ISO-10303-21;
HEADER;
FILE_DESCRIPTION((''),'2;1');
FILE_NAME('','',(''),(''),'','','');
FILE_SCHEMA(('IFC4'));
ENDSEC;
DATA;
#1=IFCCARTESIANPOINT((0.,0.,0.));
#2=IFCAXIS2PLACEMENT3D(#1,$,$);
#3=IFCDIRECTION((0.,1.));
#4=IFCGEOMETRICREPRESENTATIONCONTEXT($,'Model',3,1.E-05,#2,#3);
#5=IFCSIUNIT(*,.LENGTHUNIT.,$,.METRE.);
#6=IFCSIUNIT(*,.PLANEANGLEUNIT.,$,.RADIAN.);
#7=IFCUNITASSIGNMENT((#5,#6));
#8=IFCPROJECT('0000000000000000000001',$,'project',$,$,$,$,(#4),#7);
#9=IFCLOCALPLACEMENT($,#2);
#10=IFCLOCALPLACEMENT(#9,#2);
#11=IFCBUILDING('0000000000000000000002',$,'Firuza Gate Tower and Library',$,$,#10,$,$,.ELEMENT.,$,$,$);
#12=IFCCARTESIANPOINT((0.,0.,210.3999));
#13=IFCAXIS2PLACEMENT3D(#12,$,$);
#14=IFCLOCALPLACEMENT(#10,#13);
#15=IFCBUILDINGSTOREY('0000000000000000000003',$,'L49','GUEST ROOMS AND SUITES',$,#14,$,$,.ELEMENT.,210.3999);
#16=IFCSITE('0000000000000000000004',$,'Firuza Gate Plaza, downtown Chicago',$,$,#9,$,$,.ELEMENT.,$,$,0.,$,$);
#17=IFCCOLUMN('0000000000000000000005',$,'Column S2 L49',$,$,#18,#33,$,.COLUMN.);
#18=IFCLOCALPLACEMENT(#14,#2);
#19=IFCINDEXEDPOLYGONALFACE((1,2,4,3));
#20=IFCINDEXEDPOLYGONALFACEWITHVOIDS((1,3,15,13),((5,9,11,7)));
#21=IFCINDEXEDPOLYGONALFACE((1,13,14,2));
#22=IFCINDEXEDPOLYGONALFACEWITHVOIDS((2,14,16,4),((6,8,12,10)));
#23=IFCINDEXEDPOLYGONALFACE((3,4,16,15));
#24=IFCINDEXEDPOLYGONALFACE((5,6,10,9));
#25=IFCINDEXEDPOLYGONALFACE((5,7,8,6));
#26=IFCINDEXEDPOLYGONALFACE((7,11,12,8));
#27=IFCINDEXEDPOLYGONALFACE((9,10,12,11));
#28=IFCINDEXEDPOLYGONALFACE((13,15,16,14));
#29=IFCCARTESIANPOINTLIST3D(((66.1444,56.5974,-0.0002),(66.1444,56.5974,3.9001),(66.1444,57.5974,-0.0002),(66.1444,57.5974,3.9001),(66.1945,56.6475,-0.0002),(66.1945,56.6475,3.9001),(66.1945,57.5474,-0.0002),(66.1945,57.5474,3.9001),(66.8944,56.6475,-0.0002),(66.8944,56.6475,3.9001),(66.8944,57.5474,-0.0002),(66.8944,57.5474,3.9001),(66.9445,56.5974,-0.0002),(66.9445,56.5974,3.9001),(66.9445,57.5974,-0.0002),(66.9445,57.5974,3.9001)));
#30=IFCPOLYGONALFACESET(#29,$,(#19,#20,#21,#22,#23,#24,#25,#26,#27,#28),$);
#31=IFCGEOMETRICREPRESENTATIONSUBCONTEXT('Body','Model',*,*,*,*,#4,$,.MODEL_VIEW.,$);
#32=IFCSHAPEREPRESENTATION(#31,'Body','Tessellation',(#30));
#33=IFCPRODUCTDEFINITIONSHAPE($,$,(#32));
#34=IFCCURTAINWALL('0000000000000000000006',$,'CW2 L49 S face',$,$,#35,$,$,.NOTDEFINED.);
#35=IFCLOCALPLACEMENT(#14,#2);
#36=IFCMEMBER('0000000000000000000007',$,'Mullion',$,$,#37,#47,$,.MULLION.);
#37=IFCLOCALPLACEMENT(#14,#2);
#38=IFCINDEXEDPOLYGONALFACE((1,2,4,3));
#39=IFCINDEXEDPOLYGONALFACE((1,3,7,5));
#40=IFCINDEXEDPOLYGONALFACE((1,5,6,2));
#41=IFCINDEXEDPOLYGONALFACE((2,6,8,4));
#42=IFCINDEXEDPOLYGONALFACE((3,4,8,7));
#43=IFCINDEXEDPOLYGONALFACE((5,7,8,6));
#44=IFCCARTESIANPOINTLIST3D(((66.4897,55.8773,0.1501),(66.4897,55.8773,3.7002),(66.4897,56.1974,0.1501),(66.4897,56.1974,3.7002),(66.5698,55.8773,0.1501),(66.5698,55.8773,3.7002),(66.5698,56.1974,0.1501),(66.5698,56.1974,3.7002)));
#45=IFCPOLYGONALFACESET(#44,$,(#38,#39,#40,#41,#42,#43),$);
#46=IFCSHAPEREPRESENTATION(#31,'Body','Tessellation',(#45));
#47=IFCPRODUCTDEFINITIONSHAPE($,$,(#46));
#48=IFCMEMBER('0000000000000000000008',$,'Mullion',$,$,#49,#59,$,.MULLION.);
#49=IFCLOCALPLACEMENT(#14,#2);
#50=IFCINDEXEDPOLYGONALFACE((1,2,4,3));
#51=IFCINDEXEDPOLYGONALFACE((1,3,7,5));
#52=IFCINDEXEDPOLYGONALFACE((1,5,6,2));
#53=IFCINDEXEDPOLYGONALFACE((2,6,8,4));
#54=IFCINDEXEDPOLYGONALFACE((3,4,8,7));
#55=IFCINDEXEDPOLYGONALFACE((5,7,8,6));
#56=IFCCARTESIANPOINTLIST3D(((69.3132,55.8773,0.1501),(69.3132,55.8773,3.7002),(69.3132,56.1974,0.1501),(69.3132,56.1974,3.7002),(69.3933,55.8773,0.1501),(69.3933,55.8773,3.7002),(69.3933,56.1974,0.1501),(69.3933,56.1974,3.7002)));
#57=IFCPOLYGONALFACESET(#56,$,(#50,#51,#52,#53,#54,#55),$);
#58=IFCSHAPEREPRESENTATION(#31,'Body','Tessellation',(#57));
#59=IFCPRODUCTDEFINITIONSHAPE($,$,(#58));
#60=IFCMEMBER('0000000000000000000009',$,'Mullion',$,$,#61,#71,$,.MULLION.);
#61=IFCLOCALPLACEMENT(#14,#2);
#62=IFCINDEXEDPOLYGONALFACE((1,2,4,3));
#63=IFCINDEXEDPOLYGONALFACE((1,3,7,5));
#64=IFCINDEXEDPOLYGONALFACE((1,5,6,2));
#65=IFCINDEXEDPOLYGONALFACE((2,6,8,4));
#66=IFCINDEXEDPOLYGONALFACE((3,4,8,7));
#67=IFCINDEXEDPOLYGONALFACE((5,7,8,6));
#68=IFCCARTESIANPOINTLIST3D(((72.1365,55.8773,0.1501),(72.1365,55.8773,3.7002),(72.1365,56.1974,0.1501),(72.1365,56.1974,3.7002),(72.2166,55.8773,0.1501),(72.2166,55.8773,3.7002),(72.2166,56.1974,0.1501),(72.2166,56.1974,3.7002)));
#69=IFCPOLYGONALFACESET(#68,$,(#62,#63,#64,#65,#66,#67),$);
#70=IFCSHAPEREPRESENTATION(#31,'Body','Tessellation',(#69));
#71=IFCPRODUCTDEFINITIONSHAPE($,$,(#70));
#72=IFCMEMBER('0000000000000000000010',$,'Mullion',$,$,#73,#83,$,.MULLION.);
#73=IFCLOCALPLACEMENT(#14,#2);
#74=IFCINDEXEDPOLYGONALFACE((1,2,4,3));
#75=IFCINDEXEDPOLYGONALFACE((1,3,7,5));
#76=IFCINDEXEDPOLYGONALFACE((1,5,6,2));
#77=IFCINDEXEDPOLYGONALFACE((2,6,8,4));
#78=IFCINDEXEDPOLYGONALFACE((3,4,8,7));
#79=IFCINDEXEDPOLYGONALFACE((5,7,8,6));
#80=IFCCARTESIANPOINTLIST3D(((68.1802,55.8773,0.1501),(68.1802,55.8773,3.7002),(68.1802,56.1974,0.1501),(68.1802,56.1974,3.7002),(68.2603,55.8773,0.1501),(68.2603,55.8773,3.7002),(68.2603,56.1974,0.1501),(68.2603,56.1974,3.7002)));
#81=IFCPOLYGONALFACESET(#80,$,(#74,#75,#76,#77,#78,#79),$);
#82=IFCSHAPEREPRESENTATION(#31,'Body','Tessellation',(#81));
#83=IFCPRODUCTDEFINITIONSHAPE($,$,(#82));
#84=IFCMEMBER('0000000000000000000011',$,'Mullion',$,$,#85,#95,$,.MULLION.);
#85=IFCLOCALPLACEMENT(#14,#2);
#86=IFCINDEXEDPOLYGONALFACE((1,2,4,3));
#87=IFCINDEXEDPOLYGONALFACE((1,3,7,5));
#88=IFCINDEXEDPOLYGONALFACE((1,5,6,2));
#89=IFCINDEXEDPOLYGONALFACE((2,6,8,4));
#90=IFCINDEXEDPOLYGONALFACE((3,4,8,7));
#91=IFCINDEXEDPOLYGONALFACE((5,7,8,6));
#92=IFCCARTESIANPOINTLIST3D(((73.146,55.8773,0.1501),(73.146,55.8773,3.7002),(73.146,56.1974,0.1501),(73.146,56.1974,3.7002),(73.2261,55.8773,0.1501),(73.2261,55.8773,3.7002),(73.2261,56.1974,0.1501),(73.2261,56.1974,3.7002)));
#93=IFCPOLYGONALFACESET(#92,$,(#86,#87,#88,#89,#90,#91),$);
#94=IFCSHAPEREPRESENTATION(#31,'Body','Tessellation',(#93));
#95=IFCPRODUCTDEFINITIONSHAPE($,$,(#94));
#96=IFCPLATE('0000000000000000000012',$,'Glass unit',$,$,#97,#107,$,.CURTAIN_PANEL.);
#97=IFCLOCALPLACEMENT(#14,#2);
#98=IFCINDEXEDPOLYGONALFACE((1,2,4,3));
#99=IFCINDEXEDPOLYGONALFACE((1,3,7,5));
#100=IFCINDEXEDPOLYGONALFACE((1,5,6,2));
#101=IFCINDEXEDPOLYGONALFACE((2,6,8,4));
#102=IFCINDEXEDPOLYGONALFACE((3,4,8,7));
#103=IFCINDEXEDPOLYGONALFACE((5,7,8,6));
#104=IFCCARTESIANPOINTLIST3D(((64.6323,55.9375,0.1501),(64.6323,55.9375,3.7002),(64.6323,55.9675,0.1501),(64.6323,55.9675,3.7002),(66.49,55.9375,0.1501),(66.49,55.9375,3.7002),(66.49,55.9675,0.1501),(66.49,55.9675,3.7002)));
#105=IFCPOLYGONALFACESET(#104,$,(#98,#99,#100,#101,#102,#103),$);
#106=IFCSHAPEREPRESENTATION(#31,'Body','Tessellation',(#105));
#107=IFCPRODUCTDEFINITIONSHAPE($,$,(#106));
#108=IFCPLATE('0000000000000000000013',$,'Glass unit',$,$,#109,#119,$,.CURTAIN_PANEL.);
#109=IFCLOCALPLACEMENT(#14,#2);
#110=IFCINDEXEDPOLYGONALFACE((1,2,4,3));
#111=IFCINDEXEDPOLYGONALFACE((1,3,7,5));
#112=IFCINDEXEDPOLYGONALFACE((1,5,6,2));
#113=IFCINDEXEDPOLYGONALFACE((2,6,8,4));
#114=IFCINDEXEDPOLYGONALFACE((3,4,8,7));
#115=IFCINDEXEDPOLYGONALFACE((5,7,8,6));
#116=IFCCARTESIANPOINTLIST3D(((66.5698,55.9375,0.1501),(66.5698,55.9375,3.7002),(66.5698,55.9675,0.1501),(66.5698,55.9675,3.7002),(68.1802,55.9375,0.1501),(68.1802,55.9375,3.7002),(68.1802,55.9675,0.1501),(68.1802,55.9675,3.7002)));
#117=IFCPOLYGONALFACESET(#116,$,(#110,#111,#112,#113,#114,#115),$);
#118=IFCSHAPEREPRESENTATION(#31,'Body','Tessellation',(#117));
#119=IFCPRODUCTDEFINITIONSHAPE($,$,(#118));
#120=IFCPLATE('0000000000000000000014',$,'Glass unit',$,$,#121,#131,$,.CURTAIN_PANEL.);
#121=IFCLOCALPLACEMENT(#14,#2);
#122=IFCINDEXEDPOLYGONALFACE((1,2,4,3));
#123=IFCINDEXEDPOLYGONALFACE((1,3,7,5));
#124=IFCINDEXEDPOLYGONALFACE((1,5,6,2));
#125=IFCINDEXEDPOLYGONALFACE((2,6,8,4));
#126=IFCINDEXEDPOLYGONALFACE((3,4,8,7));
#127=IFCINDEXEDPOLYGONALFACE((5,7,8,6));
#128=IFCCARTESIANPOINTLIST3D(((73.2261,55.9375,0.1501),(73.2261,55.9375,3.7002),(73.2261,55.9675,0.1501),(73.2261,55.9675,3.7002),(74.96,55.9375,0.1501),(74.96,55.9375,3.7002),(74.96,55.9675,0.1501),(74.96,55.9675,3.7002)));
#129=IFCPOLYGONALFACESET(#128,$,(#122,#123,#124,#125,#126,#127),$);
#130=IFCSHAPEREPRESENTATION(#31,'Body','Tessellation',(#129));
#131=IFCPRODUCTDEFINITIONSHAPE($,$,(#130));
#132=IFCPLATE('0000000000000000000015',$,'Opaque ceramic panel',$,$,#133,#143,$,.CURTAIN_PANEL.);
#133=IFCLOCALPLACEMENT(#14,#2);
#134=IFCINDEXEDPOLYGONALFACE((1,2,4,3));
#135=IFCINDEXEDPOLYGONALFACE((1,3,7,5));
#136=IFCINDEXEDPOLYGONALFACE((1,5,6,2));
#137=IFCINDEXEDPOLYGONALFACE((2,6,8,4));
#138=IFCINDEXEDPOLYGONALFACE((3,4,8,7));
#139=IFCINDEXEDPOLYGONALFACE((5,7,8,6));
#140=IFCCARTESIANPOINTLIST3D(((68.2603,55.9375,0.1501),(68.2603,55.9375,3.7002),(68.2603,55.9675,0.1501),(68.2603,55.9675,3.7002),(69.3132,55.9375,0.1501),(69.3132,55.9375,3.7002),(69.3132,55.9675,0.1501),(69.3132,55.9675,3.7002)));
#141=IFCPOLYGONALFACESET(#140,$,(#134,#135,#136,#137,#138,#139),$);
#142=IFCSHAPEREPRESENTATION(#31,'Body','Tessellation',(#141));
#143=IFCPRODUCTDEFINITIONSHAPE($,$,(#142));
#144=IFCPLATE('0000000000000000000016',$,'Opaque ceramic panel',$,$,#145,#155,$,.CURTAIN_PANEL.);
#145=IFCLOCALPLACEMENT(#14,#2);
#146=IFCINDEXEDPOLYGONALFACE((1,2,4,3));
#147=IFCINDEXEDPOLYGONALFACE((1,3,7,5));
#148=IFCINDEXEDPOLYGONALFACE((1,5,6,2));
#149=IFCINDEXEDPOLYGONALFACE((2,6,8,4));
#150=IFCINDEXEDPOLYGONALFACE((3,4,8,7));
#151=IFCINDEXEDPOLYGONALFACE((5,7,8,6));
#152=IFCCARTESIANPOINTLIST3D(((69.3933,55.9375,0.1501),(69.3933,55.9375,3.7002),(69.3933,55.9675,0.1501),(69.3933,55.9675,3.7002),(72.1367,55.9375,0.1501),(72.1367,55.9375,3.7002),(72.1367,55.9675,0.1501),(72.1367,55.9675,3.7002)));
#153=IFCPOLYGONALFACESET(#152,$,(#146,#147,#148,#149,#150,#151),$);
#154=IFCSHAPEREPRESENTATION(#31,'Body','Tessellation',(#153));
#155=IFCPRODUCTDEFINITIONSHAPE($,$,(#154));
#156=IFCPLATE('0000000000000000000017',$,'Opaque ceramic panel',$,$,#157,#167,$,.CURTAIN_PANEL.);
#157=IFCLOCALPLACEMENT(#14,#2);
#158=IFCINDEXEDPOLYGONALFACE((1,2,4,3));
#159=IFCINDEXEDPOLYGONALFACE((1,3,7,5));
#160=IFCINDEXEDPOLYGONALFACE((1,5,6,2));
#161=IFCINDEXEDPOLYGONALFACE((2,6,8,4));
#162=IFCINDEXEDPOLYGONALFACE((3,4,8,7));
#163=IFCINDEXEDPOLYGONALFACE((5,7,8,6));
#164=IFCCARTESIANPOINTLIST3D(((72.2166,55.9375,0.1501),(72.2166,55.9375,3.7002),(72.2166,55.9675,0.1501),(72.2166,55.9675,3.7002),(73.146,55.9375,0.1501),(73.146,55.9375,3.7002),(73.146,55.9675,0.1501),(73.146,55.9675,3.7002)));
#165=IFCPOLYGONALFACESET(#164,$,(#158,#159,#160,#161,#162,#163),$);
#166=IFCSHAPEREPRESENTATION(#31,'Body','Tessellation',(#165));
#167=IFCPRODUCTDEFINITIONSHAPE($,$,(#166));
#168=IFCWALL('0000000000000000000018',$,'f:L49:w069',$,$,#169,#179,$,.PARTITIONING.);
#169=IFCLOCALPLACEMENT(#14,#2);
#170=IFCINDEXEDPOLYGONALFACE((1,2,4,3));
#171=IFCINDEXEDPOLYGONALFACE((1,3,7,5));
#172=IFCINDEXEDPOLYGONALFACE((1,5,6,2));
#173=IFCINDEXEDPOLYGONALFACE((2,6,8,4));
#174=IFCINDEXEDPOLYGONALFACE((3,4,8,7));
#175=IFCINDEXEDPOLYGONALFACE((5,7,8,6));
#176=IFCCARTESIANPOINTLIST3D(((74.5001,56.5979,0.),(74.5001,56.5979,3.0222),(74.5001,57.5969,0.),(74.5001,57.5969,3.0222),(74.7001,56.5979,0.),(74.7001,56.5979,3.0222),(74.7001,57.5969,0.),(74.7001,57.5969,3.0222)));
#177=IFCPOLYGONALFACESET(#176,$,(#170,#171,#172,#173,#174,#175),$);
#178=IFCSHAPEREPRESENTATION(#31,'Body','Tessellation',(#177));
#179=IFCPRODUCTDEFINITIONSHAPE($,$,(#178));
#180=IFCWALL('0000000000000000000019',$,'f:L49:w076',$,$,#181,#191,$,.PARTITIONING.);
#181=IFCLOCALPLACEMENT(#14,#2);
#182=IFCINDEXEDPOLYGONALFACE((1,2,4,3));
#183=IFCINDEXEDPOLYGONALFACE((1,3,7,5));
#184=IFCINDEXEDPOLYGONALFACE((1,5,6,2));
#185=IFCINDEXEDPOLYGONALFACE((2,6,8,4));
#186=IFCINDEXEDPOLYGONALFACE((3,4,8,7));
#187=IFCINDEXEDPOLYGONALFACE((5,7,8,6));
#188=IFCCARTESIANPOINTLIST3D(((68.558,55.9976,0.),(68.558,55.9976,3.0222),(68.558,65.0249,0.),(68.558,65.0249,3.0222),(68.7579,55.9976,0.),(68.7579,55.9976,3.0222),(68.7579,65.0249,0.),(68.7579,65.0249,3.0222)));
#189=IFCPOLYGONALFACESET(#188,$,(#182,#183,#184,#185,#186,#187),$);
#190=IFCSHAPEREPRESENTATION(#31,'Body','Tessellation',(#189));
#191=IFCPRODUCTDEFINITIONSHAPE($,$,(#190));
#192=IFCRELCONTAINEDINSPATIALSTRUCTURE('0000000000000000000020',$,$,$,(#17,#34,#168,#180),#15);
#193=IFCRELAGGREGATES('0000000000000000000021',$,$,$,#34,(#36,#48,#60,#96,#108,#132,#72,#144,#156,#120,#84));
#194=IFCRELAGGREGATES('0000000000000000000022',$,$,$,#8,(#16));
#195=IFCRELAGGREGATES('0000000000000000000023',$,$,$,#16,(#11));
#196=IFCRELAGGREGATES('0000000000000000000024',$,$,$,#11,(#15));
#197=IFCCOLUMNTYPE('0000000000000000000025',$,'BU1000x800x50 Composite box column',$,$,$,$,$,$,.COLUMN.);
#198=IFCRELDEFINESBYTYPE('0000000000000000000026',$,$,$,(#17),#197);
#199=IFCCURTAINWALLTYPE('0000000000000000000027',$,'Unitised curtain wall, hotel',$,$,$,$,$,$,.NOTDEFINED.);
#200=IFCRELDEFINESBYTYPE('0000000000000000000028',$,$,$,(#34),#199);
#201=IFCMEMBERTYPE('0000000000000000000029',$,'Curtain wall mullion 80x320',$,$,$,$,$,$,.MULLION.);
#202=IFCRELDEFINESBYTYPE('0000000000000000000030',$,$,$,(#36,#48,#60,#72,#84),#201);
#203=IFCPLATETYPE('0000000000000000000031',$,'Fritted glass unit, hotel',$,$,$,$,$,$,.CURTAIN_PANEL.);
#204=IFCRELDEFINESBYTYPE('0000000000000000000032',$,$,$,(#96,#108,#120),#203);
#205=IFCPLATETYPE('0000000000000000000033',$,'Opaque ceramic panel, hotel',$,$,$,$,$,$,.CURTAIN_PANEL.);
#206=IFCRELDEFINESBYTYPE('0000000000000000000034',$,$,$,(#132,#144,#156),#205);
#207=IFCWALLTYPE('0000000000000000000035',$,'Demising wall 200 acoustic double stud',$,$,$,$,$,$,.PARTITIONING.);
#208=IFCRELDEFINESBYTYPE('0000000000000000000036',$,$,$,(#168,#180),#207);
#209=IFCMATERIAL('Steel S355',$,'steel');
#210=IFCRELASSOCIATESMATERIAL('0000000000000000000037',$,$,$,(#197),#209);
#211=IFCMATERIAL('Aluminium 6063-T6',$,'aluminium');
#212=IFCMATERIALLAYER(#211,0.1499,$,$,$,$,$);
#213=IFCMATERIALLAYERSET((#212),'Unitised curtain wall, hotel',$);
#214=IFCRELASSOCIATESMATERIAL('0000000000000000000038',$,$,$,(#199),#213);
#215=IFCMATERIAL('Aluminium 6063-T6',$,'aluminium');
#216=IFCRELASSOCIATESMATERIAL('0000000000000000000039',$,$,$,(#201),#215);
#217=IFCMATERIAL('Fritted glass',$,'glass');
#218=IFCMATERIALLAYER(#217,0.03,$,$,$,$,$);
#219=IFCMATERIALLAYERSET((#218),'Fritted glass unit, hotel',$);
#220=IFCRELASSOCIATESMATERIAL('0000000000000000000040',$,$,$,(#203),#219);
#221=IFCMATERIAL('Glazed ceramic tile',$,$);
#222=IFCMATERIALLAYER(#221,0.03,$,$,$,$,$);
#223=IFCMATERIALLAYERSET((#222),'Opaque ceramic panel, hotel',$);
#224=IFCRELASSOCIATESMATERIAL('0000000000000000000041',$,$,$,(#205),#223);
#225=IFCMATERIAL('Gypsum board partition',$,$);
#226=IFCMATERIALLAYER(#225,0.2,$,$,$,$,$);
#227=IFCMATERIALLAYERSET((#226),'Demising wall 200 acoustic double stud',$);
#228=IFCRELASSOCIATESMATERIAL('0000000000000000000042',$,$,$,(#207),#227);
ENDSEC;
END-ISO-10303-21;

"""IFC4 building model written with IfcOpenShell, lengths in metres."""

from ifc_helpers import new_model, si_unit, direction, frame, frame_2d, origin, origin_2d, place, context, subcontext, project, spatial, polyline, rectangle, hollow_rectangle, outline, extrude, material, layer, layer_set, material_profile, profile_set, type_object, element, aggregate, save


model = new_model("IFC4")

# Units and contexts
model_context = context("Model", 3, precision=1e-05, world=origin(), true_north=direction((0.0, 1.0)))
body_context = subcontext(model_context, "Body", "Model", "MODEL_VIEW")
ifc_project = project(units=[si_unit("LENGTHUNIT", "METRE"), si_unit("PLANEANGLEUNIT", "RADIAN")], contexts=[model_context])

# Site, building, storey
site_placement = place(None, origin())
site = spatial("IfcSite", under=ifc_project, at=site_placement, Name="Firuza Gate Plaza, downtown Chicago", CompositionType="ELEMENT", RefElevation=0.0)
building_placement = place(site_placement, origin())
building = spatial("IfcBuilding", under=site, at=building_placement, Name="Firuza Gate Tower and Library", CompositionType="ELEMENT")
storey_placement = place(building_placement, frame((0.0, 0.0, 210.3999)))
storey = spatial("IfcBuildingStorey", under=building, at=storey_placement, Name="L49", Description="GUEST ROOMS AND SUITES", CompositionType="ELEMENT", Elevation=210.3999)

# Column
ifc_material_1 = material(Name="Steel S355", Category="steel")
ifc_material_profile_1 = material_profile(ifc_material_1, hollow_rectangle(XDim=0.8, YDim=1.0, WallThickness=0.05, at=origin_2d()))
ifc_profile_set_1 = profile_set([ifc_material_profile_1], Name="Steel S355")
column_type = type_object("IfcColumnType", Name="BU1000x800x50 Composite box column", PredefinedType="COLUMN", material=ifc_profile_set_1)
column_placement = place(storey_placement, frame((66.5444, 57.0974, -0.0002), z_axis=(0.0, 0.0, 1.0), x_axis=(1.0, 0.0, 0.0)))
element("IfcColumn", 1, at=column_placement, inside=storey, type_object=column_type, Name="Column S2 L49", PredefinedType="COLUMN", context=body_context, shape_type="SweptSolid", body=[
    extrude(hollow_rectangle(XDim=0.8, YDim=1.0, WallThickness=0.05, at=origin_2d()), origin(), (0.0, 0.0, 1.0), 3.9004),
])

# Curtain wall, members, plates
ifc_material_2 = material(Name="Aluminium 6063-T6", Category="aluminium")
ifc_layer_1 = layer(ifc_material_2, 0.1499)
ifc_layer_set_1 = layer_set([ifc_layer_1], Name="Unitised curtain wall, hotel")
curtain_wall_type = type_object("IfcCurtainWallType", Name="Unitised curtain wall, hotel", PredefinedType="NOTDEFINED", material=ifc_layer_set_1)
curtain_wall_placement = place(storey_placement, origin())
curtain_wall = element("IfcCurtainWall", 2, at=curtain_wall_placement, inside=storey, type_object=curtain_wall_type, Name="CW2 L49 S face", PredefinedType="NOTDEFINED")
ifc_material_3 = material(Name="Aluminium 6063-T6", Category="aluminium")
ifc_material_profile_2 = material_profile(ifc_material_3, rectangle(XDim=0.3201, YDim=0.0801, at=origin_2d()))
ifc_profile_set_2 = profile_set([ifc_material_profile_2], Name="Aluminium 6063-T6")
member_type = type_object("IfcMemberType", Name="Curtain wall mullion 80x320", PredefinedType="MULLION", material=ifc_profile_set_2)
member_1_placement = place(storey_placement, frame((66.5298, 56.0374, 0.1501), z_axis=(0.0, 0.0, 1.0), x_axis=(0.0, 1.0, 0.0)))
member_1 = element("IfcMember", 3, at=member_1_placement, type_object=member_type, Name="Mullion", PredefinedType="MULLION", context=body_context, shape_type="SweptSolid", body=[
    extrude(rectangle(XDim=0.3201, YDim=0.0801, at=origin_2d()), origin(), (0.0, 0.0, 1.0), 3.55),
])
member_2_placement = place(storey_placement, frame((69.3533, 56.0374, 0.1501), z_axis=(0.0, 0.0, 1.0), x_axis=(0.0, 1.0, 0.0)))
member_2 = element("IfcMember", 4, at=member_2_placement, type_object=member_type, Name="Mullion", PredefinedType="MULLION", context=body_context, shape_type="SweptSolid", body=[
    extrude(rectangle(XDim=0.3201, YDim=0.0801, at=origin_2d()), origin(), (0.0, 0.0, 1.0), 3.55),
])
member_3_placement = place(storey_placement, frame((72.1765, 56.0374, 0.1501), z_axis=(0.0, 0.0, 1.0), x_axis=(0.0, 1.0, 0.0)))
member_3 = element("IfcMember", 5, at=member_3_placement, type_object=member_type, Name="Mullion", PredefinedType="MULLION", context=body_context, shape_type="SweptSolid", body=[
    extrude(rectangle(XDim=0.3201, YDim=0.0801, at=origin_2d()), origin(), (0.0, 0.0, 1.0), 3.55),
])
member_4_placement = place(storey_placement, frame((68.2202, 56.0374, 0.1501), z_axis=(0.0, 0.0, 1.0), x_axis=(0.0, 1.0, 0.0)))
member_4 = element("IfcMember", 6, at=member_4_placement, type_object=member_type, Name="Mullion", PredefinedType="MULLION", context=body_context, shape_type="SweptSolid", body=[
    extrude(rectangle(XDim=0.3201, YDim=0.0801, at=origin_2d()), origin(), (0.0, 0.0, 1.0), 3.55),
])
member_5_placement = place(storey_placement, frame((73.186, 56.0374, 0.1501), z_axis=(0.0, 0.0, 1.0), x_axis=(0.0, 1.0, 0.0)))
member_5 = element("IfcMember", 7, at=member_5_placement, type_object=member_type, Name="Mullion", PredefinedType="MULLION", context=body_context, shape_type="SweptSolid", body=[
    extrude(rectangle(XDim=0.3201, YDim=0.0801, at=origin_2d()), origin(), (0.0, 0.0, 1.0), 3.55),
])
ifc_material_4 = material(Name="Fritted glass", Category="glass")
ifc_layer_2 = layer(ifc_material_4, 0.03)
ifc_layer_set_2 = layer_set([ifc_layer_2], Name="Fritted glass unit, hotel")
plate_type_1 = type_object("IfcPlateType", Name="Fritted glass unit, hotel", PredefinedType="CURTAIN_PANEL", material=ifc_layer_set_2)
plate_1_placement = place(storey_placement, frame((64.6323, 55.9375, 0.1501), z_axis=(0.0, -1.0, 0.0), x_axis=(1.0, 0.0, 0.0)))
plate_1 = element("IfcPlate", 8, at=plate_1_placement, type_object=plate_type_1, Name="Glass unit", PredefinedType="CURTAIN_PANEL", context=body_context, shape_type="SweptSolid", body=[
    extrude(outline(polyline([(0.0, 0.0), (1.8577, 0.0), (1.8577, 3.55), (0.0, 3.55), (0.0, 0.0)])), origin(), (0.0, 0.0, -1.0), 0.03),
])
plate_2_placement = place(storey_placement, frame((66.5698, 55.9375, 0.1501), z_axis=(0.0, -1.0, 0.0), x_axis=(1.0, 0.0, 0.0)))
plate_2 = element("IfcPlate", 9, at=plate_2_placement, type_object=plate_type_1, Name="Glass unit", PredefinedType="CURTAIN_PANEL", context=body_context, shape_type="SweptSolid", body=[
    extrude(outline(polyline([(0.0, 0.0), (1.6104, 0.0), (1.6104, 3.55), (0.0, 3.55), (0.0, 0.0)])), origin(), (0.0, 0.0, -1.0), 0.03),
])
plate_3_placement = place(storey_placement, frame((73.2261, 55.9375, 0.1501), z_axis=(0.0, -1.0, 0.0), x_axis=(1.0, 0.0, 0.0)))
plate_3 = element("IfcPlate", 10, at=plate_3_placement, type_object=plate_type_1, Name="Glass unit", PredefinedType="CURTAIN_PANEL", context=body_context, shape_type="SweptSolid", body=[
    extrude(outline(polyline([(0.0, 0.0), (1.7339, 0.0), (1.7339, 3.55), (0.0, 3.55), (0.0, 0.0)])), origin(), (0.0, 0.0, -1.0), 0.03),
])
ifc_material_5 = material(Name="Glazed ceramic tile")
ifc_layer_3 = layer(ifc_material_5, 0.03)
ifc_layer_set_3 = layer_set([ifc_layer_3], Name="Opaque ceramic panel, hotel")
plate_type_2 = type_object("IfcPlateType", Name="Opaque ceramic panel, hotel", PredefinedType="CURTAIN_PANEL", material=ifc_layer_set_3)
plate_4_placement = place(storey_placement, frame((68.2603, 55.9375, 0.1501), z_axis=(0.0, -1.0, 0.0), x_axis=(1.0, 0.0, 0.0)))
plate_4 = element("IfcPlate", 11, at=plate_4_placement, type_object=plate_type_2, Name="Opaque ceramic panel", PredefinedType="CURTAIN_PANEL", context=body_context, shape_type="SweptSolid", body=[
    extrude(outline(polyline([(0.0, 0.0), (1.053, 0.0), (1.053, 3.55), (0.0, 3.55), (0.0, 0.0)])), origin(), (0.0, 0.0, -1.0), 0.03),
])
plate_5_placement = place(storey_placement, frame((69.3933, 55.9375, 0.1501), z_axis=(0.0, -1.0, 0.0), x_axis=(1.0, 0.0, 0.0)))
plate_5 = element("IfcPlate", 12, at=plate_5_placement, type_object=plate_type_2, Name="Opaque ceramic panel", PredefinedType="CURTAIN_PANEL", context=body_context, shape_type="SweptSolid", body=[
    extrude(outline(polyline([(0.0, 0.0), (2.7434, 0.0), (2.7434, 3.55), (0.0, 3.55), (0.0, 0.0)])), origin(), (0.0, 0.0, -1.0), 0.03),
])
plate_6_placement = place(storey_placement, frame((72.2166, 55.9375, 0.1501), z_axis=(0.0, -1.0, 0.0), x_axis=(1.0, 0.0, 0.0)))
plate_6 = element("IfcPlate", 13, at=plate_6_placement, type_object=plate_type_2, Name="Opaque ceramic panel", PredefinedType="CURTAIN_PANEL", context=body_context, shape_type="SweptSolid", body=[
    extrude(outline(polyline([(0.0, 0.0), (0.9294, 0.0), (0.9294, 3.55), (0.0, 3.55), (0.0, 0.0)])), origin(), (0.0, 0.0, -1.0), 0.03),
])
aggregate(curtain_wall, [member_1, member_2, member_3, plate_1, plate_2, plate_4, member_4, plate_5, plate_6, plate_3, member_5])

# Walls
ifc_material_6 = material(Name="Gypsum board partition")
ifc_layer_4 = layer(ifc_material_6, 0.2)
ifc_layer_set_4 = layer_set([ifc_layer_4], Name="Demising wall 200 acoustic double stud")
wall_type = type_object("IfcWallType", Name="Demising wall 200 acoustic double stud", PredefinedType="PARTITIONING", material=ifc_layer_set_4)
wall_1_placement = place(storey_placement, frame((74.6001, 56.5979, 0.0), z_axis=(0.0, 0.0, 1.0), x_axis=(0.0, 1.0, 0.0)))
element("IfcWall", 14, at=wall_1_placement, inside=storey, type_object=wall_type, Name="f:L49:w069", PredefinedType="PARTITIONING", context=body_context, shape_type="SweptSolid", body=[
    extrude(rectangle(XDim=0.999, YDim=0.2, at=frame_2d((0.4995, 0.0))), origin(), (0.0, 0.0, 1.0), 3.0222),
])
wall_2_placement = place(storey_placement, frame((68.658, 55.9976, 0.0), z_axis=(0.0, 0.0, 1.0), x_axis=(0.0, 1.0, 0.0)))
element("IfcWall", 15, at=wall_2_placement, inside=storey, type_object=wall_type, Name="f:L49:w076", PredefinedType="PARTITIONING", context=body_context, shape_type="SweptSolid", body=[
    extrude(rectangle(XDim=9.0273, YDim=0.2, at=frame_2d((4.5137, 0.0))), origin(), (0.0, 0.0, 1.0), 3.0222),
])

save(model, "model.ifc")
